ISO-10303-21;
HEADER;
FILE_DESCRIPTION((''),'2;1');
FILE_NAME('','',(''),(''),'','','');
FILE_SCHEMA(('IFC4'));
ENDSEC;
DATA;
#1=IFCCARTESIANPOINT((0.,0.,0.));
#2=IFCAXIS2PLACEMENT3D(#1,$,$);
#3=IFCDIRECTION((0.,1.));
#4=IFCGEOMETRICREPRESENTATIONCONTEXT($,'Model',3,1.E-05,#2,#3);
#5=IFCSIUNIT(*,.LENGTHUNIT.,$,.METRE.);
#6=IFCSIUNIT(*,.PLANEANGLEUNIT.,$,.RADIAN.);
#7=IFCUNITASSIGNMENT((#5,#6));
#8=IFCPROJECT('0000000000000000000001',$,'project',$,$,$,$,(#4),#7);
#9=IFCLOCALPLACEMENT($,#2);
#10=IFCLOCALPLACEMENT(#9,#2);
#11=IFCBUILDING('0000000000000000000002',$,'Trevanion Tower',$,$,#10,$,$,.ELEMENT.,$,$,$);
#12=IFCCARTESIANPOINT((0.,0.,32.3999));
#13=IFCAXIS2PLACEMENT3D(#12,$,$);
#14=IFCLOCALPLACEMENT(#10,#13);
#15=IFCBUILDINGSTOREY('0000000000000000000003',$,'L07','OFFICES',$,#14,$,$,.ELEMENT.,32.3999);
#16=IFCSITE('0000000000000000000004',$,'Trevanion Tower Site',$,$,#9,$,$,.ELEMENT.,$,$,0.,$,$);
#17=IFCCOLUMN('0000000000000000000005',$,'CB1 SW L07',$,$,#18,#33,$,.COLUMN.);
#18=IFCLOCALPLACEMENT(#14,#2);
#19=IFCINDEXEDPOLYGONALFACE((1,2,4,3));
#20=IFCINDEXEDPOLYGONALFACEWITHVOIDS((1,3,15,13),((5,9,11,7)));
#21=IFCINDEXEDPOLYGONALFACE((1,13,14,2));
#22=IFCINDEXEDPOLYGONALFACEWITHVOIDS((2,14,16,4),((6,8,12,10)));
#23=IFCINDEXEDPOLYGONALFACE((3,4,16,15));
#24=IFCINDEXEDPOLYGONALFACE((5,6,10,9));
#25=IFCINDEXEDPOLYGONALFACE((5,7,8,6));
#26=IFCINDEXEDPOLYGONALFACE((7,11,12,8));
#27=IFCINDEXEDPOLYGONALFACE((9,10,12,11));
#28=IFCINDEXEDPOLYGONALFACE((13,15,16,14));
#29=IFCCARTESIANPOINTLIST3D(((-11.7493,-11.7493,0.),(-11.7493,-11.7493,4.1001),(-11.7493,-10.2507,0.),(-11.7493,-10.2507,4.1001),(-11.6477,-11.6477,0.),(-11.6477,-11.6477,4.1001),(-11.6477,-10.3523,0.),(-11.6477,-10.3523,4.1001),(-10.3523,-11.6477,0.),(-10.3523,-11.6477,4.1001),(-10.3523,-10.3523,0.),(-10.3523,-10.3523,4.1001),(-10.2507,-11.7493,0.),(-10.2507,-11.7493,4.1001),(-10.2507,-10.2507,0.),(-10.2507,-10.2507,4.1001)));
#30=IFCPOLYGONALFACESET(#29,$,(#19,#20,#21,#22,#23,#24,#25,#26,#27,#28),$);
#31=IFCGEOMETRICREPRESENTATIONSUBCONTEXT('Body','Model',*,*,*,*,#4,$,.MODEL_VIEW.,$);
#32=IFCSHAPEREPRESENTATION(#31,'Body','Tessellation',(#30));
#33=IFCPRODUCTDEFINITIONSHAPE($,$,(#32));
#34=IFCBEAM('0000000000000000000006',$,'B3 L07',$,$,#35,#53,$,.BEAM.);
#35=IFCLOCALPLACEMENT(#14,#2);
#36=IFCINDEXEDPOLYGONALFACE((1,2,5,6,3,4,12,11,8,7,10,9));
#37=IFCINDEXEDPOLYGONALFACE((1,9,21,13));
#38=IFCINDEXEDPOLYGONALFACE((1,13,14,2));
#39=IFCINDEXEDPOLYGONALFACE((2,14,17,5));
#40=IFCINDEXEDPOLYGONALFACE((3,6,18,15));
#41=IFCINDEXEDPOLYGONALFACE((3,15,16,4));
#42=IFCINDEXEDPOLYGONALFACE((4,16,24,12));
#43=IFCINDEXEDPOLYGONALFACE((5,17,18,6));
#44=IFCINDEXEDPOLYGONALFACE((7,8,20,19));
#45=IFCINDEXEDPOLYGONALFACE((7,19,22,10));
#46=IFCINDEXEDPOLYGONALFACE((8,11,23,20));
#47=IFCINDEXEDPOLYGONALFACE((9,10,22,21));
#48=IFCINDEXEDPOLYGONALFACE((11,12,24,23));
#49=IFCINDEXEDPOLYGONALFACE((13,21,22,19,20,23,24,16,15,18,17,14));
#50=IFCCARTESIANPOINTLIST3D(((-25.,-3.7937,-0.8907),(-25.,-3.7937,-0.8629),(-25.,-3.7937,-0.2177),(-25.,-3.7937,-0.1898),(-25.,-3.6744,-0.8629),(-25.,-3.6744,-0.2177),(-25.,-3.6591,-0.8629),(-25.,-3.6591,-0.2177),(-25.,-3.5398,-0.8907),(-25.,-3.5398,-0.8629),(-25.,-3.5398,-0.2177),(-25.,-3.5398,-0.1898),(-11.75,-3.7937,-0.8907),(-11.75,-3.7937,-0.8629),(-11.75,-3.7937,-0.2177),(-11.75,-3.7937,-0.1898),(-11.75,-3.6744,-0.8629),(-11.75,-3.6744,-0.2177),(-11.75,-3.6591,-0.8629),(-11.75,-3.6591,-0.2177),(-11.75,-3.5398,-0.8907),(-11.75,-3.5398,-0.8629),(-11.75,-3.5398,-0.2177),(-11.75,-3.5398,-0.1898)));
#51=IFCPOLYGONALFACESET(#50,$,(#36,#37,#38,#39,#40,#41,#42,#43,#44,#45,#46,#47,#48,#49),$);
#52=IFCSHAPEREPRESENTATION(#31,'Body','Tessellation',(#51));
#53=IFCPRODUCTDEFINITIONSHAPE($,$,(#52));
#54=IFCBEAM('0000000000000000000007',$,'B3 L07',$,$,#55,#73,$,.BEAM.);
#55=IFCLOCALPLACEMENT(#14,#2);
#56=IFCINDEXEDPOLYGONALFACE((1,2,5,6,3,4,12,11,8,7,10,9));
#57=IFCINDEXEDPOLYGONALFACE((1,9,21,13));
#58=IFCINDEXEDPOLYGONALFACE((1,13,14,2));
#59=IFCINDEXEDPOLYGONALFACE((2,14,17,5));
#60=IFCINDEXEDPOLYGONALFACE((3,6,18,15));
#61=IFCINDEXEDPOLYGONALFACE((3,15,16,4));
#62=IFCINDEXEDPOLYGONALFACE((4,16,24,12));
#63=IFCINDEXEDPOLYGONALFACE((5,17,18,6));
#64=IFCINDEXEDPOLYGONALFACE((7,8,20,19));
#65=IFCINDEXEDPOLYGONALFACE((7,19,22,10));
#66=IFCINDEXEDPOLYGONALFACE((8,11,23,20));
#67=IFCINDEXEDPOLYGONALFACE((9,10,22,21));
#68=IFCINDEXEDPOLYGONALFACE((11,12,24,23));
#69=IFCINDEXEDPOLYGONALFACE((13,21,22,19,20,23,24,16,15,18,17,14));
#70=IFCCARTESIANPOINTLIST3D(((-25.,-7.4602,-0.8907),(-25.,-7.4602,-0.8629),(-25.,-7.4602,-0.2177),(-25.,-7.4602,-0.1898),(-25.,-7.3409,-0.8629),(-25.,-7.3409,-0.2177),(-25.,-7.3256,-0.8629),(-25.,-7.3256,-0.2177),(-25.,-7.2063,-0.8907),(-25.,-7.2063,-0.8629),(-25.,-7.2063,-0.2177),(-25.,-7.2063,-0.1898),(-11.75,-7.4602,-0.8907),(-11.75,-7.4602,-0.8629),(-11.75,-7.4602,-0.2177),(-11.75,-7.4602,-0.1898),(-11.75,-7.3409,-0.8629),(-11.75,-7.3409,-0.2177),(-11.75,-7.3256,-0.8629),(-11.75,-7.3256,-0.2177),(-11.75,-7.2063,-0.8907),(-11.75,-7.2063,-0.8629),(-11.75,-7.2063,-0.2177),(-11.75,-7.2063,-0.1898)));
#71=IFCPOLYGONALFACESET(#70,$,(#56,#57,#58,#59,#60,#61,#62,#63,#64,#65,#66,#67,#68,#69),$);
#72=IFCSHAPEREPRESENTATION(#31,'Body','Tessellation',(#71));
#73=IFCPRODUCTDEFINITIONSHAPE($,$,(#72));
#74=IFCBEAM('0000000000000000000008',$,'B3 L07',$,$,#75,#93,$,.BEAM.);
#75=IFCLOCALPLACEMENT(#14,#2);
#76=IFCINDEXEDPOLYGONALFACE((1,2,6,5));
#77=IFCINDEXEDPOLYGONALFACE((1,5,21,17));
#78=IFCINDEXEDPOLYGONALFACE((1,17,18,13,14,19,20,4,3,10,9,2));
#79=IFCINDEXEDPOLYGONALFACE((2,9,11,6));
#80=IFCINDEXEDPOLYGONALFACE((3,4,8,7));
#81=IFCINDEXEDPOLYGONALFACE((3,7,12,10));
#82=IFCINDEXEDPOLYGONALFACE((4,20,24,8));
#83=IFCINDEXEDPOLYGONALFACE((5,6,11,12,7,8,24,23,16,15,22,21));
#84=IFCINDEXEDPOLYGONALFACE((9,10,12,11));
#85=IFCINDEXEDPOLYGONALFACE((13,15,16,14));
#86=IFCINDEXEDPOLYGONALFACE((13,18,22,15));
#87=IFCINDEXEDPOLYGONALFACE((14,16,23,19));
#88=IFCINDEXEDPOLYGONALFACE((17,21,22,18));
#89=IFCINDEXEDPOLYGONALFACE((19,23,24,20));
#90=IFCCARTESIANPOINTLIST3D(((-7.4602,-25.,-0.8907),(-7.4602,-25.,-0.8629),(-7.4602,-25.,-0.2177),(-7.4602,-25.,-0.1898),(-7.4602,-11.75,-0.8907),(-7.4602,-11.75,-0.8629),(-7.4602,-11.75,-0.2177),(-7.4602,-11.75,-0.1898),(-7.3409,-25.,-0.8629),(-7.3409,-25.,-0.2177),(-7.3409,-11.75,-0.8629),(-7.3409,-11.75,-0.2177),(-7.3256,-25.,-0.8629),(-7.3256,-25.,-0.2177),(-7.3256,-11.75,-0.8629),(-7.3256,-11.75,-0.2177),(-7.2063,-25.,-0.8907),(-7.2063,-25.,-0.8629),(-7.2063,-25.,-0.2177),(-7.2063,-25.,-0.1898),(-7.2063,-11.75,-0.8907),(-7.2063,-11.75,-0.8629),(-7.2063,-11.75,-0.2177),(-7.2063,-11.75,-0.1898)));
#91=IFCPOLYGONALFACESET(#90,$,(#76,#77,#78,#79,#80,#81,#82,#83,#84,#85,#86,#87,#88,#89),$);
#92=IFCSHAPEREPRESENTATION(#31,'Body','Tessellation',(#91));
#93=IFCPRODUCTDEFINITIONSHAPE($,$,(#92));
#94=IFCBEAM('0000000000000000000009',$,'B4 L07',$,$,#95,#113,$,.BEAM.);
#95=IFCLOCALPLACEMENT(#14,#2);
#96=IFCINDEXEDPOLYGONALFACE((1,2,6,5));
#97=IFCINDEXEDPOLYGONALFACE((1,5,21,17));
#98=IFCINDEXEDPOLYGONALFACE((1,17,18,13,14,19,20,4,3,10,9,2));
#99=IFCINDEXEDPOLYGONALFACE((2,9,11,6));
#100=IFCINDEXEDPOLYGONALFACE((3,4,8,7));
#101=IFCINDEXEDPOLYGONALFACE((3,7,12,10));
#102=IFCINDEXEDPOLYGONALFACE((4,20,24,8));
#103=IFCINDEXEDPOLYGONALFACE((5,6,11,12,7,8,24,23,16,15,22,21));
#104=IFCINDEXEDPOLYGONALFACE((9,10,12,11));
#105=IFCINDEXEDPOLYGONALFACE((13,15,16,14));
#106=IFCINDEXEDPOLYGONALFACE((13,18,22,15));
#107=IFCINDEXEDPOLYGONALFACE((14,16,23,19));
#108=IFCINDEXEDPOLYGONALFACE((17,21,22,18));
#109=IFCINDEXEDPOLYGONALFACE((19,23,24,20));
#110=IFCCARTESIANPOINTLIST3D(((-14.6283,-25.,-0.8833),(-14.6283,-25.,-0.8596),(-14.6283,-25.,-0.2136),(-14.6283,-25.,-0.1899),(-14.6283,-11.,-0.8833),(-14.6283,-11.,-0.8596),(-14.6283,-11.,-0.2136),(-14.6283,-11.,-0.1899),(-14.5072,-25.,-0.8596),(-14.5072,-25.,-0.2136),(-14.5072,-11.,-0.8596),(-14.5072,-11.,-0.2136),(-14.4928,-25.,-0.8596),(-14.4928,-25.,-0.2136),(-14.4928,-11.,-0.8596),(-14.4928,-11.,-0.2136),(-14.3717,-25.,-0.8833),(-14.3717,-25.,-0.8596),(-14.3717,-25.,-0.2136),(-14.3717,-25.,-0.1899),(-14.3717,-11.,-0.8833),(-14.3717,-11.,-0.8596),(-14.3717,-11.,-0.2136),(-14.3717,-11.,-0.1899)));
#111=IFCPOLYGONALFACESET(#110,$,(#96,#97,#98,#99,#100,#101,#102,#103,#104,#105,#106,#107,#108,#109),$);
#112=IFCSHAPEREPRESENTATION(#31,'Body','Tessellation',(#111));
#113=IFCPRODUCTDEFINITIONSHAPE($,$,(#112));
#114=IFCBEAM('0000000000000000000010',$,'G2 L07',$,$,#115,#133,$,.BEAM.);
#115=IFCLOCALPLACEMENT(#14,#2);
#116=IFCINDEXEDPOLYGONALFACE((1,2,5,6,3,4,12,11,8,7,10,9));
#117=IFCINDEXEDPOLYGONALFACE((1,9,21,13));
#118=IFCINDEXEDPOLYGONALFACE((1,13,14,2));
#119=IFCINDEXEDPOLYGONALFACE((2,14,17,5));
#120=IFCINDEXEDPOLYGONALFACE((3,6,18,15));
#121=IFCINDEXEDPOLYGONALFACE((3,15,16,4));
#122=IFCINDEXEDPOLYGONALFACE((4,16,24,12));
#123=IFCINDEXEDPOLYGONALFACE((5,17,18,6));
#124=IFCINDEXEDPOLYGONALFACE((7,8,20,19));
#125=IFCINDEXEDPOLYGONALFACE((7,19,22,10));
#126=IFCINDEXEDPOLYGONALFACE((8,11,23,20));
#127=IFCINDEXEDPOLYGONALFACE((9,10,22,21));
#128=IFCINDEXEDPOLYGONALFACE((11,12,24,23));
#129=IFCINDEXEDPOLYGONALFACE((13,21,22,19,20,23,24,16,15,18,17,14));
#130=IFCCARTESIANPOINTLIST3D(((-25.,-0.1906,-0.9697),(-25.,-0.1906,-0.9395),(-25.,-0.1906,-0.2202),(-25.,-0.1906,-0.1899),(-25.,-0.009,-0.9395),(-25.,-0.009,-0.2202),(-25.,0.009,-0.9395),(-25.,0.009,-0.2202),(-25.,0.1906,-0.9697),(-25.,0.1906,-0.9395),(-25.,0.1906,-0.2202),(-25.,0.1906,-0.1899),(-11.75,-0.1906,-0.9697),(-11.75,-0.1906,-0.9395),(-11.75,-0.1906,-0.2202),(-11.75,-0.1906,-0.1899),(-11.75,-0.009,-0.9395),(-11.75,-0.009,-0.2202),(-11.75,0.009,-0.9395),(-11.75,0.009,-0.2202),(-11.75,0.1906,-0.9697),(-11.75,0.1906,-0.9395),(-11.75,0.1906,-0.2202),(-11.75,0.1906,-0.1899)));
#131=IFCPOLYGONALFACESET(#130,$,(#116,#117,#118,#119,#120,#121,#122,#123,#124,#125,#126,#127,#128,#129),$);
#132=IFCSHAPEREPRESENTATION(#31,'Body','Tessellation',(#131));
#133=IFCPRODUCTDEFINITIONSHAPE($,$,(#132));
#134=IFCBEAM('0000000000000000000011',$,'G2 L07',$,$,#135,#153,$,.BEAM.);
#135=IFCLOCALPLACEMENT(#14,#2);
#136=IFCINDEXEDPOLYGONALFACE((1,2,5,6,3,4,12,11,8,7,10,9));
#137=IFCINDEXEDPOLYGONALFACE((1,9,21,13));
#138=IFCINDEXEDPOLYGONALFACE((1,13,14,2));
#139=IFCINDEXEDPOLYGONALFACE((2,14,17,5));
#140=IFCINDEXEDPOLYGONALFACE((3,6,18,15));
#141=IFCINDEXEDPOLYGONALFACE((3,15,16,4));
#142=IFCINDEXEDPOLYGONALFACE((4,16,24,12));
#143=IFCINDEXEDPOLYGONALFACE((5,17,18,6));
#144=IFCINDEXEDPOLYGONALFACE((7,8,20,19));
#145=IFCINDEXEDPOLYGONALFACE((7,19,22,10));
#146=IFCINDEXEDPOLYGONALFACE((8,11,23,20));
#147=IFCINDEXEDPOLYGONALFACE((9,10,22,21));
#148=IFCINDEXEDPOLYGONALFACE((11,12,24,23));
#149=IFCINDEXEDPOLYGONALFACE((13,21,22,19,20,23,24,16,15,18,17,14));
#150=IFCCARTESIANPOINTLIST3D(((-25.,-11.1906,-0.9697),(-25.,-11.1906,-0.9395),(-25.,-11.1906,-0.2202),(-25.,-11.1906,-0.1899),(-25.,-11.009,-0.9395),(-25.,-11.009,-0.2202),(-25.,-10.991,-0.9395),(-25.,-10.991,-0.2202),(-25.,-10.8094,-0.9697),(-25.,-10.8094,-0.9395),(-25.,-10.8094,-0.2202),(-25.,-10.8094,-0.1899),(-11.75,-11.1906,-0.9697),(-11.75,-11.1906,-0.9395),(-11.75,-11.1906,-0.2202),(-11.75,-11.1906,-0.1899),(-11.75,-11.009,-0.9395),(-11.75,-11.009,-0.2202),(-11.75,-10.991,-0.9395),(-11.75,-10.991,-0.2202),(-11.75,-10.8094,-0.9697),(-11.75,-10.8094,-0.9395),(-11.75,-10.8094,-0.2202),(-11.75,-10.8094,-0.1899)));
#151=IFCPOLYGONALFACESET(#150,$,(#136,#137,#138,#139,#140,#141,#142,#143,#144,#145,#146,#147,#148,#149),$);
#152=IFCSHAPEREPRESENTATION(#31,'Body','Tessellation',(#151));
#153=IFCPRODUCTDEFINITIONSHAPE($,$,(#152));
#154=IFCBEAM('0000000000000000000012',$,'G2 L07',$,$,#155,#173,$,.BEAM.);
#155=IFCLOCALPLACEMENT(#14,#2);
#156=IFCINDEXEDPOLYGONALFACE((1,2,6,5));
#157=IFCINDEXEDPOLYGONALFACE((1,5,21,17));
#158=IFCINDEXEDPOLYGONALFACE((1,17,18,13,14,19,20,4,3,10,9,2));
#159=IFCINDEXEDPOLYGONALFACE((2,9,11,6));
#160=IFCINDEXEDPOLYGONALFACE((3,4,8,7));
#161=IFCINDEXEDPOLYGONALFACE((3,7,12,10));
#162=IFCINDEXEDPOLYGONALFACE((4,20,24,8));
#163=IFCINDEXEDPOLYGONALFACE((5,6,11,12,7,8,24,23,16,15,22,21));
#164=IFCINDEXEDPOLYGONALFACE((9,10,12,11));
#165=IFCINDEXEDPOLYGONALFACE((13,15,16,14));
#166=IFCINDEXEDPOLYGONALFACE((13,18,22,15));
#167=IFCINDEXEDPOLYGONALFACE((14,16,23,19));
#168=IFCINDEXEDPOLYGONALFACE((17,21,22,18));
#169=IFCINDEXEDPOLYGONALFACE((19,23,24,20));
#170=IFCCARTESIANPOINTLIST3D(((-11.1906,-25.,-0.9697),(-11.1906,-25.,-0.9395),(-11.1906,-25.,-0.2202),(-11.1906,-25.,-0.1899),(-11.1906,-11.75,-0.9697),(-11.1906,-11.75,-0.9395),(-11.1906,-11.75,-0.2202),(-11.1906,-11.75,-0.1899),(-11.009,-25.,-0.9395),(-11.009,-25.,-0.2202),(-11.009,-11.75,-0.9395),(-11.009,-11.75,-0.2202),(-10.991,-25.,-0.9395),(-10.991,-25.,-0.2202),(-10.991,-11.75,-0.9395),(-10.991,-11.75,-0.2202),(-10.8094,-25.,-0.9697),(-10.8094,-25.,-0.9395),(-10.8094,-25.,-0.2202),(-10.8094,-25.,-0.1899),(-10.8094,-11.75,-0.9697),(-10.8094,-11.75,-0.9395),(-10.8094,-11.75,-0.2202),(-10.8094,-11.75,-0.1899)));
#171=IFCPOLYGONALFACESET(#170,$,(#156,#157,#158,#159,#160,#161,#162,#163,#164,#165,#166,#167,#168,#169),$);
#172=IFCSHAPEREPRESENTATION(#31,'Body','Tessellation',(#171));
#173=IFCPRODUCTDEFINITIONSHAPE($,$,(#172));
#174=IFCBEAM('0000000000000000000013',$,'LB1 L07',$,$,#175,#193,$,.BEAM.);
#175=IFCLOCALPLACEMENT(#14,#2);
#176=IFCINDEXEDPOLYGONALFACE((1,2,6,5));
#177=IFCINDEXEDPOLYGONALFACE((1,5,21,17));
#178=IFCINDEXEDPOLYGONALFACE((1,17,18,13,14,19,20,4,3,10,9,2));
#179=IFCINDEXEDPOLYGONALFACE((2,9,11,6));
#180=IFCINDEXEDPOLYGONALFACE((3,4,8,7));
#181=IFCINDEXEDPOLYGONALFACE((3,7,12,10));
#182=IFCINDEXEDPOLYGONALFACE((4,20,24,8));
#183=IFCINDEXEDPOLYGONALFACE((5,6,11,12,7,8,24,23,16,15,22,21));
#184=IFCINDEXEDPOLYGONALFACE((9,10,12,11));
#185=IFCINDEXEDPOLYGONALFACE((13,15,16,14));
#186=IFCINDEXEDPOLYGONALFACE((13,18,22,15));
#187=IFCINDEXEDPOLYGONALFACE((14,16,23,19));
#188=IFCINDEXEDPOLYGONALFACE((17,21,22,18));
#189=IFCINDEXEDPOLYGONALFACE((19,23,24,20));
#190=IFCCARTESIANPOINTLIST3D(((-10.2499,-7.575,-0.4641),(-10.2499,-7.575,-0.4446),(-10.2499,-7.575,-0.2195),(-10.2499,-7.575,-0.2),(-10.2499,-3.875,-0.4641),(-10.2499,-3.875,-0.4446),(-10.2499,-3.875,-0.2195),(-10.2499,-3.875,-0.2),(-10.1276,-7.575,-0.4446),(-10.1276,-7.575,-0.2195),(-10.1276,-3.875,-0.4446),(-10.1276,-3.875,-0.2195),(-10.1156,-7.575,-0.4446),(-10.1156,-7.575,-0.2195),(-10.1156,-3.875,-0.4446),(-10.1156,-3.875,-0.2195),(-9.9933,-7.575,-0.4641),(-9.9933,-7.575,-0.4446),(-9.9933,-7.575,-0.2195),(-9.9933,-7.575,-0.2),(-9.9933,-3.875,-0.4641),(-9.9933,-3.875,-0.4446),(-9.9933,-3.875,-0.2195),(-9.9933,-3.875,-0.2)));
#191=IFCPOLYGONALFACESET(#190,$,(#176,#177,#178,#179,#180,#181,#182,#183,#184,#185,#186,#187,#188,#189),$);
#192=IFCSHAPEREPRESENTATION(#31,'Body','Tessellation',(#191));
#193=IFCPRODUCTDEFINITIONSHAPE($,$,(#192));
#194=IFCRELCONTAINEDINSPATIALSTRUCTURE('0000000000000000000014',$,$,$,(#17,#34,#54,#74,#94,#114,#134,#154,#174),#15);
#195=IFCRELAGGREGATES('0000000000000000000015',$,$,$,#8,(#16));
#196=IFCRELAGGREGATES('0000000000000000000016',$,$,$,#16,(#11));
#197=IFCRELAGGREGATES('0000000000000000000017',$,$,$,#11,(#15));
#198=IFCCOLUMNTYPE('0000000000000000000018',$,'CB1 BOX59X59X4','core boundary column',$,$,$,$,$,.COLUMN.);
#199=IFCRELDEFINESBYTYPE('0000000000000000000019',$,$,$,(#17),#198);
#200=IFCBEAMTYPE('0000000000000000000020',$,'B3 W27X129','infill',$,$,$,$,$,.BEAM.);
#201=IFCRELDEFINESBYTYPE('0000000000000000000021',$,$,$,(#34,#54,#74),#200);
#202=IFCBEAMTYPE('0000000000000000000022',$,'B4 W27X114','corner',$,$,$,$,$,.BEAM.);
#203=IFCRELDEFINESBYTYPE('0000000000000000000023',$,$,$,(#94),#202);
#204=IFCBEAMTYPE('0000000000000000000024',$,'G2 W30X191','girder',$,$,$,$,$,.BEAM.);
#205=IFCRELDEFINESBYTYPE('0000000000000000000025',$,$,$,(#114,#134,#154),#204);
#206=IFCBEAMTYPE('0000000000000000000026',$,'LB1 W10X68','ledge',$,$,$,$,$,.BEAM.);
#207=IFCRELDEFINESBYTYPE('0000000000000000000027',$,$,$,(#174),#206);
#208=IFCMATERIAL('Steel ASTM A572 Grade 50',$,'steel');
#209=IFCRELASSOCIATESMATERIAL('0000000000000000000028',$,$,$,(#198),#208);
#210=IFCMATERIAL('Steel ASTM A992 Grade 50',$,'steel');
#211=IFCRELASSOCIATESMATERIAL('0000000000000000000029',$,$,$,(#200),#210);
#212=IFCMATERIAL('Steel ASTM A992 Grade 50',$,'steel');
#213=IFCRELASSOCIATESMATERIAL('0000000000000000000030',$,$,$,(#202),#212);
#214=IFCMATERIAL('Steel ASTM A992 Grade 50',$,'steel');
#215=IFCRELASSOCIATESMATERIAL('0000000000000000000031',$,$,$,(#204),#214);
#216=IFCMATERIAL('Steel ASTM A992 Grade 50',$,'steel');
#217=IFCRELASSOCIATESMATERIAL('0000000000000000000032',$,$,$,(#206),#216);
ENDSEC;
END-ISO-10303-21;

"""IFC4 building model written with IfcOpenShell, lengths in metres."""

from ifc_helpers import new_model, si_unit, direction, frame, origin, origin_2d, place, context, subcontext, project, spatial, hollow_rectangle, i_section, extrude, material, material_profile, profile_set, type_object, element, save


model = new_model("IFC4")

# Units and contexts
model_context = context("Model", 3, precision=1e-05, world=origin(), true_north=direction((0.0, 1.0)))
body_context = subcontext(model_context, "Body", "Model", "MODEL_VIEW")
ifc_project = project(units=[si_unit("LENGTHUNIT", "METRE"), si_unit("PLANEANGLEUNIT", "RADIAN")], contexts=[model_context])

# Site, building, storey
site_placement = place(None, origin())
site = spatial("IfcSite", under=ifc_project, at=site_placement, Name="Trevanion Tower Site", CompositionType="ELEMENT", RefElevation=0.0)
building_placement = place(site_placement, origin())
building = spatial("IfcBuilding", under=site, at=building_placement, Name="Trevanion Tower", CompositionType="ELEMENT")
storey_placement = place(building_placement, frame((0.0, 0.0, 32.3999)))
storey = spatial("IfcBuildingStorey", under=building, at=storey_placement, Name="L07", Description="OFFICES", CompositionType="ELEMENT", Elevation=32.3999)

# Column
ifc_material_1 = material(Name="Steel ASTM A572 Grade 50", Category="steel")
ifc_material_profile_1 = material_profile(ifc_material_1, hollow_rectangle(XDim=1.4985, YDim=1.4985, WallThickness=0.1016, at=origin_2d()), Name="BOX59X59X4")
ifc_profile_set_1 = profile_set([ifc_material_profile_1], Name="Steel ASTM A572 Grade 50")
column_type = type_object("IfcColumnType", Name="CB1 BOX59X59X4", Description="core boundary column", PredefinedType="COLUMN", material=ifc_profile_set_1)
column_placement = place(storey_placement, frame((-11.0, -11.0, 0.0), z_axis=(0.0, 0.0, 1.0), x_axis=(1.0, 0.0, 0.0)))
element("IfcColumn", 1, at=column_placement, inside=storey, type_object=column_type, Name="CB1 SW L07", PredefinedType="COLUMN", context=body_context, shape_type="SweptSolid", body=[
    extrude(hollow_rectangle(XDim=1.4985, YDim=1.4985, WallThickness=0.1016, at=origin_2d()), origin(), (0.0, 0.0, 1.0), 4.1001),
])

# Beams
ifc_material_2 = material(Name="Steel ASTM A992 Grade 50", Category="steel")
ifc_material_profile_2 = material_profile(ifc_material_2, i_section(OverallWidth=0.2539, OverallDepth=0.7009, WebThickness=0.0154, FlangeThickness=0.0278, at=origin_2d()), Name="W27X129")
ifc_profile_set_2 = profile_set([ifc_material_profile_2], Name="Steel ASTM A992 Grade 50")
beam_type_1 = type_object("IfcBeamType", Name="B3 W27X129", Description="infill", PredefinedType="BEAM", material=ifc_profile_set_2)
for number, where, z_axis, x_axis, name in (
    (2, (-11.75, -3.6667, -0.5403), (-1.0, 0.0, 0.0), (0.0, -1.0, 0.0), "B3 L07"),
    (3, (-11.75, -7.3333, -0.5403), (-1.0, 0.0, 0.0), (0.0, -1.0, 0.0), "B3 L07"),
    (4, (-7.3333, -11.75, -0.5403), (0.0, -1.0, 0.0), (1.0, 0.0, 0.0), "B3 L07"),
):
    element("IfcBeam", number, at=place(storey_placement, frame(where, z_axis=z_axis, x_axis=x_axis)), inside=storey, type_object=beam_type_1, Name=name, PredefinedType="BEAM", context=body_context, shape_type="SweptSolid", body=[
        extrude(i_section(OverallWidth=0.2539, OverallDepth=0.7009, WebThickness=0.0154, FlangeThickness=0.0278, at=origin_2d()), origin(), (0.0, 0.0, 1.0), 13.25),
    ])
ifc_material_3 = material(Name="Steel ASTM A992 Grade 50", Category="steel")
ifc_material_profile_3 = material_profile(ifc_material_3, i_section(OverallWidth=0.2566, OverallDepth=0.6934, WebThickness=0.0144, FlangeThickness=0.0237, at=origin_2d()), Name="W27X114")
ifc_profile_set_3 = profile_set([ifc_material_profile_3], Name="Steel ASTM A992 Grade 50")
beam_type_2 = type_object("IfcBeamType", Name="B4 W27X114", Description="corner", PredefinedType="BEAM", material=ifc_profile_set_3)
beam_placement = place(storey_placement, frame((-14.5, -11.0, -0.5366), z_axis=(0.0, -1.0, 0.0), x_axis=(1.0, 0.0, 0.0)))
element("IfcBeam", 5, at=beam_placement, inside=storey, type_object=beam_type_2, Name="B4 L07", PredefinedType="BEAM", context=body_context, shape_type="SweptSolid", body=[
    extrude(i_section(OverallWidth=0.2566, OverallDepth=0.6934, WebThickness=0.0144, FlangeThickness=0.0237, at=origin_2d()), origin(), (0.0, 0.0, 1.0), 14.0),
])
ifc_material_4 = material(Name="Steel ASTM A992 Grade 50", Category="steel")
ifc_material_profile_4 = material_profile(ifc_material_4, i_section(OverallWidth=0.3811, OverallDepth=0.7798, WebThickness=0.0181, FlangeThickness=0.0303, at=origin_2d()), Name="W30X191")
ifc_profile_set_4 = profile_set([ifc_material_profile_4], Name="Steel ASTM A992 Grade 50")
beam_type_3 = type_object("IfcBeamType", Name="G2 W30X191", Description="girder", PredefinedType="BEAM", material=ifc_profile_set_4)
for number, where, z_axis, x_axis, name in (
    (6, (-11.75, 0.0, -0.5798), (-1.0, 0.0, 0.0), (0.0, -1.0, 0.0), "G2 L07"),
    (7, (-11.75, -11.0, -0.5798), (-1.0, 0.0, 0.0), (0.0, -1.0, 0.0), "G2 L07"),
    (8, (-11.0, -11.75, -0.5798), (0.0, -1.0, 0.0), (1.0, 0.0, 0.0), "G2 L07"),
):
    element("IfcBeam", number, at=place(storey_placement, frame(where, z_axis=z_axis, x_axis=x_axis)), inside=storey, type_object=beam_type_3, Name=name, PredefinedType="BEAM", context=body_context, shape_type="SweptSolid", body=[
        extrude(i_section(OverallWidth=0.3811, OverallDepth=0.7798, WebThickness=0.0181, FlangeThickness=0.0303, at=origin_2d()), origin(), (0.0, 0.0, 1.0), 13.25),
    ])
ifc_material_5 = material(Name="Steel ASTM A992 Grade 50", Category="steel")
ifc_material_profile_5 = material_profile(ifc_material_5, i_section(OverallWidth=0.2566, OverallDepth=0.2642, WebThickness=0.012, FlangeThickness=0.0195, at=origin_2d()), Name="W10X68")
ifc_profile_set_5 = profile_set([ifc_material_profile_5], Name="Steel ASTM A992 Grade 50")
beam_type_4 = type_object("IfcBeamType", Name="LB1 W10X68", Description="ledge", PredefinedType="BEAM", material=ifc_profile_set_5)
for number, where, z_axis, x_axis, name in (
    (9, (-10.1216, -7.575, -0.332), (0.0, 1.0, 0.0), (-1.0, 0.0, 0.0), "LB1 L07"),
):
    element("IfcBeam", number, at=place(storey_placement, frame(where, z_axis=z_axis, x_axis=x_axis)), inside=storey, type_object=beam_type_4, Name=name, PredefinedType="BEAM", context=body_context, shape_type="SweptSolid", body=[
        extrude(i_section(OverallWidth=0.2566, OverallDepth=0.2642, WebThickness=0.012, FlangeThickness=0.0195, at=origin_2d()), origin(), (0.0, 0.0, 1.0), 3.7),
    ])

save(model, "model.ifc")
